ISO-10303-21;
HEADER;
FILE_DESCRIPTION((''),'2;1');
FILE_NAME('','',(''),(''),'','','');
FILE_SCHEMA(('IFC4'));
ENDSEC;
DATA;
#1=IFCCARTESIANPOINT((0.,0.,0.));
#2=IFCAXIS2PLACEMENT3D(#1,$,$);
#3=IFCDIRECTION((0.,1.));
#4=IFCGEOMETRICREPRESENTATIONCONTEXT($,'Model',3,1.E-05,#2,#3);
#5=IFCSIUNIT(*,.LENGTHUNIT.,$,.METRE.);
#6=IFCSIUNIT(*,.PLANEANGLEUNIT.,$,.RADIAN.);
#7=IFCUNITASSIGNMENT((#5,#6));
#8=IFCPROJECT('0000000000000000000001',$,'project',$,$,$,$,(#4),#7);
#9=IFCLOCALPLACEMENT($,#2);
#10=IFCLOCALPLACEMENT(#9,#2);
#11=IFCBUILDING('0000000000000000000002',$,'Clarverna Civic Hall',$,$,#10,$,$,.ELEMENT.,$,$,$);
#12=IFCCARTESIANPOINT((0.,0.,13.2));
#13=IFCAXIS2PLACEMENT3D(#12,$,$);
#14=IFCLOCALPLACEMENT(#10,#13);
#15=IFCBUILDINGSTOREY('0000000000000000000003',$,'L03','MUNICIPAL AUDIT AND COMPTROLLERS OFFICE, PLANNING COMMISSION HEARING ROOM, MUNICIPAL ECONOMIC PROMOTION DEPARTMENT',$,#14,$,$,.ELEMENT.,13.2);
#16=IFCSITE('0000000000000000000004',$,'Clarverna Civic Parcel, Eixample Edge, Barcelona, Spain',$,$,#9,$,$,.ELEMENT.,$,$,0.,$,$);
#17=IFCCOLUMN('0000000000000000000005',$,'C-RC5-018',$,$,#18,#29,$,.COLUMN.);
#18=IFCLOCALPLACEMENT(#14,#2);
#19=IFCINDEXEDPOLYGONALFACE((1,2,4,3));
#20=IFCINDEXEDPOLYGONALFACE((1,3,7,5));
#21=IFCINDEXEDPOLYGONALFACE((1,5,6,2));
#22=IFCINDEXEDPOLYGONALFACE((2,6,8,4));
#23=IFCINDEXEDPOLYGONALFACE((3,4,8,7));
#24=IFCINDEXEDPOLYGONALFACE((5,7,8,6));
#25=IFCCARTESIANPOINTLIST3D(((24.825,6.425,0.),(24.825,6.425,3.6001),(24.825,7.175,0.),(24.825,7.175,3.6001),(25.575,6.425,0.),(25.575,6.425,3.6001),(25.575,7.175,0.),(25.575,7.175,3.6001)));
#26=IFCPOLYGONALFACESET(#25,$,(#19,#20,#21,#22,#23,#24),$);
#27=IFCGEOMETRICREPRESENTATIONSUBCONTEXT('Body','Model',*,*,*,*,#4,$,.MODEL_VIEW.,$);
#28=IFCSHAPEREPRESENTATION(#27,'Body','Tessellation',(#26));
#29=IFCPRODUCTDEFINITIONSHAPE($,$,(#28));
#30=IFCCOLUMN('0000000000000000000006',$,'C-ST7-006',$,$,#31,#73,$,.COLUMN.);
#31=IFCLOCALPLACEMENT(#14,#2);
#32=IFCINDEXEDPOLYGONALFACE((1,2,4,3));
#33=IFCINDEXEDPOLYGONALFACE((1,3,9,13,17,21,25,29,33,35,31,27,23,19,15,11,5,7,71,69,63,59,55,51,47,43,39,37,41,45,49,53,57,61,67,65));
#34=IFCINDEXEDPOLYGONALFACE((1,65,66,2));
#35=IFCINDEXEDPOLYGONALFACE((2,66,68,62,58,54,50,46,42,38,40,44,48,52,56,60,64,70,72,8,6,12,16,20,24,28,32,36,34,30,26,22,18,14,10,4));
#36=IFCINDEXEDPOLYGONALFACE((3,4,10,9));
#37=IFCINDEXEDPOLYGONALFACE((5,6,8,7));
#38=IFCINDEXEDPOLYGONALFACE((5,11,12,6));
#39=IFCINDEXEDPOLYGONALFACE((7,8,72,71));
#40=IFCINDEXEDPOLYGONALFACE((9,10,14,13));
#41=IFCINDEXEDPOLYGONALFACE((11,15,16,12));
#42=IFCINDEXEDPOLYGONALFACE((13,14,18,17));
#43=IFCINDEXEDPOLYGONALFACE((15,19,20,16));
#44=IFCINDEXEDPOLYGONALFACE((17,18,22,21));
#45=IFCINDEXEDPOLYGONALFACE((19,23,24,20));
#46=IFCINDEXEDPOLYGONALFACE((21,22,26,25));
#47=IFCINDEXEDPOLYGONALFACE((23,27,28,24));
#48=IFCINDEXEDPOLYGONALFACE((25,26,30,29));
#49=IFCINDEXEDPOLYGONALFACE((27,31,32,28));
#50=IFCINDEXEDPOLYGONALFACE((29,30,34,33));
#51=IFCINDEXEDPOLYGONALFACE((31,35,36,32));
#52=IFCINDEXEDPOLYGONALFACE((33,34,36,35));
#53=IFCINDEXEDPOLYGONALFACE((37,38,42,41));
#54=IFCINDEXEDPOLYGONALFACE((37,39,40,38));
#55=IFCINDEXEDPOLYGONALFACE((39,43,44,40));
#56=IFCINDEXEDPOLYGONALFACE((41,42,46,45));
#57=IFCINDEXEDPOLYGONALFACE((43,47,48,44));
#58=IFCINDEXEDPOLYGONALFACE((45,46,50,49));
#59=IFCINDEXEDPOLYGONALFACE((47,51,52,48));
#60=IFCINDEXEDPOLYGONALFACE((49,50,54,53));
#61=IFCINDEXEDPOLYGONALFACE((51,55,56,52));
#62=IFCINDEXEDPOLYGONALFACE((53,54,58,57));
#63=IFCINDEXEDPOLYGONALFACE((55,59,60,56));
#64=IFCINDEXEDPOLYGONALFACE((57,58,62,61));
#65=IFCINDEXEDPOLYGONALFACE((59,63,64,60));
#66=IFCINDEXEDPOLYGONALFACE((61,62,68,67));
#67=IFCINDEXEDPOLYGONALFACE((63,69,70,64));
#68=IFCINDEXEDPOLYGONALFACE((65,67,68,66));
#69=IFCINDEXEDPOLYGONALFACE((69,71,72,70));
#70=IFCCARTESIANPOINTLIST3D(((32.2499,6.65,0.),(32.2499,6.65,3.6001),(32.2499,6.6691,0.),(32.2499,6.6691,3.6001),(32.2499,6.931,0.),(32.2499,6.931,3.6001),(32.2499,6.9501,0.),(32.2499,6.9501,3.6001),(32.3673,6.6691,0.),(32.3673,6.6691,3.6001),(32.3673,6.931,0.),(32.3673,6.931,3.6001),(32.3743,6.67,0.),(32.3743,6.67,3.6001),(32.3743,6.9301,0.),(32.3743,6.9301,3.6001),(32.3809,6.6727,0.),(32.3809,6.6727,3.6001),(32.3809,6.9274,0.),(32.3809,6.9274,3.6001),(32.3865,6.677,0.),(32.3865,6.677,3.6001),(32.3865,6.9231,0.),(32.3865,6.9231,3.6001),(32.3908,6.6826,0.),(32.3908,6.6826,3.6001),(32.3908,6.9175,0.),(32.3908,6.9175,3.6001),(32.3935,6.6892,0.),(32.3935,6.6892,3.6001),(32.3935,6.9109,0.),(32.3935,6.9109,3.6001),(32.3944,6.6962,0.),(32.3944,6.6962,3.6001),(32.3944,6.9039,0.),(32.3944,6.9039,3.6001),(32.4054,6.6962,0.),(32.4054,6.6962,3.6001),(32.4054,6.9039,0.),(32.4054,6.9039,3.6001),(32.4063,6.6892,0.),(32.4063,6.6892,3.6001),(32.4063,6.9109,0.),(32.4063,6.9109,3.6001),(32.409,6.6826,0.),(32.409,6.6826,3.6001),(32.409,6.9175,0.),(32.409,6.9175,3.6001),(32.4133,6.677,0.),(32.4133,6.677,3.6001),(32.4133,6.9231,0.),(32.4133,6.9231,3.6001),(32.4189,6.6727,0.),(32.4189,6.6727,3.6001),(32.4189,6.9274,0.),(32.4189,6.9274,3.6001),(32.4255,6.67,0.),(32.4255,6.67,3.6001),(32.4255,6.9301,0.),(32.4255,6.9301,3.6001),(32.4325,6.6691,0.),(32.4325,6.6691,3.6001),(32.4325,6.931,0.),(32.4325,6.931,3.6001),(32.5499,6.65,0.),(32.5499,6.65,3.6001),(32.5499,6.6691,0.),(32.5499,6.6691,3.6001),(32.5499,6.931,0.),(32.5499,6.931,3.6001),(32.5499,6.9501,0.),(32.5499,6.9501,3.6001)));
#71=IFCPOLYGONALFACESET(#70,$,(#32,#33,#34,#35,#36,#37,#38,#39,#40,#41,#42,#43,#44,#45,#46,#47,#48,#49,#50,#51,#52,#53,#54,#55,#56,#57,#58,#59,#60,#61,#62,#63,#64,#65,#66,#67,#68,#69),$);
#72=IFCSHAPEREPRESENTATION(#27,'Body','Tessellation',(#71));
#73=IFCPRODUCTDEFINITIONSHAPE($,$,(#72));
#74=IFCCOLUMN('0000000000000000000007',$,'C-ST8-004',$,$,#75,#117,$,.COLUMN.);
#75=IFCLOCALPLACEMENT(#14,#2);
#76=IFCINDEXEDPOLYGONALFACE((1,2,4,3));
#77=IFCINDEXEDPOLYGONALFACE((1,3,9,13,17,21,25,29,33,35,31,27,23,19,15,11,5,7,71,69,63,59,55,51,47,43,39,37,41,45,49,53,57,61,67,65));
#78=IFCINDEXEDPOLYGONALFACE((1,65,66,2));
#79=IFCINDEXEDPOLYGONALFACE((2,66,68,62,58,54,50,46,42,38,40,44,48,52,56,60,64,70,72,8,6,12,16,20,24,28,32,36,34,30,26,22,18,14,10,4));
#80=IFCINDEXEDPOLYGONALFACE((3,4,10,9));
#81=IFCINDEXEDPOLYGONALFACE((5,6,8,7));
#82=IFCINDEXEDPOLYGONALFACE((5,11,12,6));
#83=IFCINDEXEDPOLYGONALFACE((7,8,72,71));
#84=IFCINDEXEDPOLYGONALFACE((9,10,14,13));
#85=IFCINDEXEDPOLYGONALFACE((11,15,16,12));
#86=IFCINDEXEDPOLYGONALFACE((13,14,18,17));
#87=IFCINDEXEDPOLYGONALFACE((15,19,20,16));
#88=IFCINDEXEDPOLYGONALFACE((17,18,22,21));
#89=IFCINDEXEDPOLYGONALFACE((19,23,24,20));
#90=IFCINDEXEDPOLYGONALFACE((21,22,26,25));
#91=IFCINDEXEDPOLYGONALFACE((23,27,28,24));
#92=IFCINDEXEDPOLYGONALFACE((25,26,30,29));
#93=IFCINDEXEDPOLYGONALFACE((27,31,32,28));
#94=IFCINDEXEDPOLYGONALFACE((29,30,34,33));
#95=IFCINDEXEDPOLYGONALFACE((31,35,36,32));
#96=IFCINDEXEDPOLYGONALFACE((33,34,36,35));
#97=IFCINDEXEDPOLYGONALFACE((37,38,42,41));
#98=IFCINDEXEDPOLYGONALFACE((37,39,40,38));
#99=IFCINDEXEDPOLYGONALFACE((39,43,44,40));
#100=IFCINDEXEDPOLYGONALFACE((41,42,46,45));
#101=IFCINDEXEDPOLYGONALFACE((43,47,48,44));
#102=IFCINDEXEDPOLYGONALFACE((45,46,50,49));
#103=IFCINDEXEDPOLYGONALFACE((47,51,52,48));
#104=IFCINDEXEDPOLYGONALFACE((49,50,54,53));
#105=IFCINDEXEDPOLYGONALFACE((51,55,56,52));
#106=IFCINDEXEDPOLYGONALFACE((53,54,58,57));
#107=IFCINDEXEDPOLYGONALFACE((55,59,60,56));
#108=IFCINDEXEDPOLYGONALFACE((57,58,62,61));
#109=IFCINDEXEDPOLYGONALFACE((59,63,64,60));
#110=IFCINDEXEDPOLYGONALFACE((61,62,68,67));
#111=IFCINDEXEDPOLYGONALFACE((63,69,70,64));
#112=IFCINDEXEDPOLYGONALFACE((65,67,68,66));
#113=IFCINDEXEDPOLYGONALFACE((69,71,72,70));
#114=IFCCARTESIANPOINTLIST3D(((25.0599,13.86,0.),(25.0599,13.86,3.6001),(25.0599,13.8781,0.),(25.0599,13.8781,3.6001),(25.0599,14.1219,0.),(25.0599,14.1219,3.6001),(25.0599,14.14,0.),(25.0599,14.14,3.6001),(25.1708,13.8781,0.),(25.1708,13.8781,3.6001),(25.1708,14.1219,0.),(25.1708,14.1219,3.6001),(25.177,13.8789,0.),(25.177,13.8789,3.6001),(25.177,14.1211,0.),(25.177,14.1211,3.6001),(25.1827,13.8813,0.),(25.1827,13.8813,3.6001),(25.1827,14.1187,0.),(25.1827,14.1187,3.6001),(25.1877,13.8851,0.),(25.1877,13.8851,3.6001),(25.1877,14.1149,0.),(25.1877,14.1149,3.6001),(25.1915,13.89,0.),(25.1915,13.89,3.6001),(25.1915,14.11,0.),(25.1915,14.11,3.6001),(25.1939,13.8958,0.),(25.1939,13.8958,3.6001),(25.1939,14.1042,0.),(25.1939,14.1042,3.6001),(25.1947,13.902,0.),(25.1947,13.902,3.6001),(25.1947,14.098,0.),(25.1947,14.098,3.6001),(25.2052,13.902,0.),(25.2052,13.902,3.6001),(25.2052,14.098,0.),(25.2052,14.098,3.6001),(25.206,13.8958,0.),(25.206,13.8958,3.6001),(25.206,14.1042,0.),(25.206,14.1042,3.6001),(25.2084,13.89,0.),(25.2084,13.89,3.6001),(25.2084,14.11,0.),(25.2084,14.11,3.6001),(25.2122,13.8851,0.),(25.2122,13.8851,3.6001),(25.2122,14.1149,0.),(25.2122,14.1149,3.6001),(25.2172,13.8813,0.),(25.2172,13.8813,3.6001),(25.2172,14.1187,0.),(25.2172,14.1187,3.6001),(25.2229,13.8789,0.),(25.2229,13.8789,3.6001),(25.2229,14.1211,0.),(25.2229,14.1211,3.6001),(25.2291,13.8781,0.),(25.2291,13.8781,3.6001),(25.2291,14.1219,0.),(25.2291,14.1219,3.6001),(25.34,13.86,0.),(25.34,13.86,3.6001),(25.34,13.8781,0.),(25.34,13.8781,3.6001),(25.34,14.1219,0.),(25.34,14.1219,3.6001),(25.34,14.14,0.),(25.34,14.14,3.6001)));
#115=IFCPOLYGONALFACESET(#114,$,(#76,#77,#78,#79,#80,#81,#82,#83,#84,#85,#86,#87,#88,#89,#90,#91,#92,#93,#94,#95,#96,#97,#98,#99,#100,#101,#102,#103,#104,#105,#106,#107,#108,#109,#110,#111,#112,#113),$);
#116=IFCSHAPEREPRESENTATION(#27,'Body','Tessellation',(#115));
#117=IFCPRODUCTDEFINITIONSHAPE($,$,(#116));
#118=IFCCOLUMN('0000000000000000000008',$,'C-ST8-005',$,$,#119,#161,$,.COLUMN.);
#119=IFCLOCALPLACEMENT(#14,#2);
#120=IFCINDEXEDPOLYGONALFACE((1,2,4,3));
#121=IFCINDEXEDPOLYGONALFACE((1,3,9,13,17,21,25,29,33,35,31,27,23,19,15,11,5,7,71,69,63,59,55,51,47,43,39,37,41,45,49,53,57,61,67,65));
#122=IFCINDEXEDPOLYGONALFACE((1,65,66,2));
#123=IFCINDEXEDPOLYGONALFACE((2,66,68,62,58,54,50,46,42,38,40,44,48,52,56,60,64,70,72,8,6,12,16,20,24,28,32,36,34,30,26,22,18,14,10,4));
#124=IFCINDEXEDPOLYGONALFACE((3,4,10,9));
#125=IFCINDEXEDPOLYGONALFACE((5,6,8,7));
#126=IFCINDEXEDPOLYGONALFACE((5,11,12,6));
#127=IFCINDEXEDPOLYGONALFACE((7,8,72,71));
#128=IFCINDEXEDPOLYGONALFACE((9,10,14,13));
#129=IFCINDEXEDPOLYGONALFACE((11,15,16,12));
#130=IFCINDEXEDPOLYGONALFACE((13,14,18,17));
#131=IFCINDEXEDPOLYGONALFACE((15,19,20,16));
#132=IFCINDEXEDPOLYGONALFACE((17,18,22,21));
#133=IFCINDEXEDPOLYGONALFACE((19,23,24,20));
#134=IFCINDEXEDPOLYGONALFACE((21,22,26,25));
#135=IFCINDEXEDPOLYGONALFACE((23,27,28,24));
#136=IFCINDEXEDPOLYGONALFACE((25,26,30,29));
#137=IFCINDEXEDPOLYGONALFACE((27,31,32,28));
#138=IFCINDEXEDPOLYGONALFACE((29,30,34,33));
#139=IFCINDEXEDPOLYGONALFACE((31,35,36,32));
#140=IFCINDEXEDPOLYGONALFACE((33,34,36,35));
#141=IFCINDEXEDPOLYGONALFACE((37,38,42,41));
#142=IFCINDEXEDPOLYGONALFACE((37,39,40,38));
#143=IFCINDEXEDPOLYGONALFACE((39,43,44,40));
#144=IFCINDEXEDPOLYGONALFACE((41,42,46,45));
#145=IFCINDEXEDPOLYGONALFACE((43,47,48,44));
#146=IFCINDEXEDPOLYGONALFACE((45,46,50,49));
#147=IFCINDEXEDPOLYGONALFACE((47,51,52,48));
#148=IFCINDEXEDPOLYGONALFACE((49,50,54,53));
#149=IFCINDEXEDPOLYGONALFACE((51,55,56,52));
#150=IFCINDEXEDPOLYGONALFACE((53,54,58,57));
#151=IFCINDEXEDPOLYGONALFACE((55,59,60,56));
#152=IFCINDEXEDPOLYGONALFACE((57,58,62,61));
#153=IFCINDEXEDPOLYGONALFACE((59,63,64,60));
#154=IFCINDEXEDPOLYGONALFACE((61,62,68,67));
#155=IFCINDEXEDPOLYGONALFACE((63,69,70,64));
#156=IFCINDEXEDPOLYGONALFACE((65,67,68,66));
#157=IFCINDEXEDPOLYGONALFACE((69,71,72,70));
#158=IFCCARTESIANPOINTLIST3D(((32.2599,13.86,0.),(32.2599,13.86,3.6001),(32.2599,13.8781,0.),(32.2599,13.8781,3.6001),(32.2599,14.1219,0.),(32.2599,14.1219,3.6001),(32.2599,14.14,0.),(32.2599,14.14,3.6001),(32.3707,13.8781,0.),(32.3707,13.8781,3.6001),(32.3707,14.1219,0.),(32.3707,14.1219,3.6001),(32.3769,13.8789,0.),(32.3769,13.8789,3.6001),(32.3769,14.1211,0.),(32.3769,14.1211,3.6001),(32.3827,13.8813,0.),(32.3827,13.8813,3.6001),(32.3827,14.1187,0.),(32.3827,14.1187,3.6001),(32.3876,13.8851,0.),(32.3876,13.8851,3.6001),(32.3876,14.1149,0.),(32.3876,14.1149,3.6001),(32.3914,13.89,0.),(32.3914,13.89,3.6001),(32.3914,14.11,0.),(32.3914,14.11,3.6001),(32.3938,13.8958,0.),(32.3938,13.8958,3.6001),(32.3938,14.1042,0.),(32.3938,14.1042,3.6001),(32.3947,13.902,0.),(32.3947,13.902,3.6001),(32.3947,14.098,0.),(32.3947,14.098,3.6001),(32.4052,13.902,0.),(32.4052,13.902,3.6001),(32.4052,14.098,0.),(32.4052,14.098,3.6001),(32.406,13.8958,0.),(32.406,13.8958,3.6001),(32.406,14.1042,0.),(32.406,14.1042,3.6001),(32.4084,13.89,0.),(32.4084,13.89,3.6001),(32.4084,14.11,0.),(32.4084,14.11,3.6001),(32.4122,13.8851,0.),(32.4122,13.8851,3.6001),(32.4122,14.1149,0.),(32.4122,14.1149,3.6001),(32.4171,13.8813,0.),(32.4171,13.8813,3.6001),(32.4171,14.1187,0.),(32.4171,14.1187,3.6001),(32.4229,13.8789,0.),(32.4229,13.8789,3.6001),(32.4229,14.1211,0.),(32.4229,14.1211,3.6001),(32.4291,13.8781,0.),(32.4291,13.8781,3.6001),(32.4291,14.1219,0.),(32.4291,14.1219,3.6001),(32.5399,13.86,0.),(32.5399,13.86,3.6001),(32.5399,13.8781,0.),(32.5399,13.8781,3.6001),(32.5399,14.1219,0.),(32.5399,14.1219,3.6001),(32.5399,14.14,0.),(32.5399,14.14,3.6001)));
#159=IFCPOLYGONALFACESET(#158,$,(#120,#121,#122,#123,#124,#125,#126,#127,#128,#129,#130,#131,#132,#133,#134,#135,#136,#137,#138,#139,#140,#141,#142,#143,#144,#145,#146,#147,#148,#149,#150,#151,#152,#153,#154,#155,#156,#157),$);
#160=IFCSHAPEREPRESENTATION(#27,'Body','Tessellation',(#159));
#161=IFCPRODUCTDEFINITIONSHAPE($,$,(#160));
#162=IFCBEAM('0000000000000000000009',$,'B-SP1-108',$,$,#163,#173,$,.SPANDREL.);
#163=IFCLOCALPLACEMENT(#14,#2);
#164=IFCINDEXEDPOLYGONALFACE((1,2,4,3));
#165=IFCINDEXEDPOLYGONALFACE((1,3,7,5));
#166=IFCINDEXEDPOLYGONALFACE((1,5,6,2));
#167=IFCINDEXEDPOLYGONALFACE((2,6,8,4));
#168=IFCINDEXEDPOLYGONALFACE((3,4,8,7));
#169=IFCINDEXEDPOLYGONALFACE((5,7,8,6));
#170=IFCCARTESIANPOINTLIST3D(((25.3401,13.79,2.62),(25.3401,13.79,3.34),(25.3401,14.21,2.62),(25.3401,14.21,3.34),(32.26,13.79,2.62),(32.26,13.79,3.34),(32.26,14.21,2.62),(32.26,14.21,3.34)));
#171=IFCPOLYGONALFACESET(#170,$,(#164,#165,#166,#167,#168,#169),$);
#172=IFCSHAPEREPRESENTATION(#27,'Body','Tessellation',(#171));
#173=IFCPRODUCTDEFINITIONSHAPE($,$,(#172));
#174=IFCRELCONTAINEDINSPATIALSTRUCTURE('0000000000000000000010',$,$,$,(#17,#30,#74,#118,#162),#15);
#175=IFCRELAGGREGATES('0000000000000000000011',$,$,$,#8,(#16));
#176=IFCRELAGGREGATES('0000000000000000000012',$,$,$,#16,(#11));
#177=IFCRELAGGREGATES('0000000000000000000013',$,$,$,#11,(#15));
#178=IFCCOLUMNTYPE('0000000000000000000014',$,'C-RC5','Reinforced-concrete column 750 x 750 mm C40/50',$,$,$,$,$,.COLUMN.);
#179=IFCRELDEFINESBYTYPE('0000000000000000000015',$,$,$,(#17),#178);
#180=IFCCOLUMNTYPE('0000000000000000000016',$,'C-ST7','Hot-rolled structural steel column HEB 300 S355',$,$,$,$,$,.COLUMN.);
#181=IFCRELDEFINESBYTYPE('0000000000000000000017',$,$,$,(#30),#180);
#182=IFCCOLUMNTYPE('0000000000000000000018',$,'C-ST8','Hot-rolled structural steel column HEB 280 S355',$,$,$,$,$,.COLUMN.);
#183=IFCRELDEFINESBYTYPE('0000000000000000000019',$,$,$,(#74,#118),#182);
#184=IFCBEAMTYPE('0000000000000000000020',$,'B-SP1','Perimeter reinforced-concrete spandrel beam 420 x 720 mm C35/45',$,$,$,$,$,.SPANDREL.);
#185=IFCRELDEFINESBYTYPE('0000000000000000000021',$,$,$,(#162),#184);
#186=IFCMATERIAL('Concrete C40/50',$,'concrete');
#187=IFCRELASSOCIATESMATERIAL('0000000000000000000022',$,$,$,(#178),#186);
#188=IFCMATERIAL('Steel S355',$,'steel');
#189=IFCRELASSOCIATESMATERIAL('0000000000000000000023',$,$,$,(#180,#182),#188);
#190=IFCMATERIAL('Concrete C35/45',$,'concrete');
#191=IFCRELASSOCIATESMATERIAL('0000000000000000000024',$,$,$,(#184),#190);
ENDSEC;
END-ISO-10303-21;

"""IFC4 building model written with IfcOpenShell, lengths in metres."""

from ifc_helpers import new_model, si_unit, direction, frame, origin, origin_2d, place, context, subcontext, project, spatial, rectangle, i_section, extrude, material, material_profile, profile_set, type_object, element, save


model = new_model("IFC4")

# Units and contexts
model_context = context("Model", 3, precision=1e-05, world=origin(), true_north=direction((0.0, 1.0)))
body_context = subcontext(model_context, "Body", "Model", "MODEL_VIEW")
ifc_project = project(units=[si_unit("LENGTHUNIT", "METRE"), si_unit("PLANEANGLEUNIT", "RADIAN")], contexts=[model_context])

# Site, building, storey
site_placement = place(None, origin())
site = spatial("IfcSite", under=ifc_project, at=site_placement, Name="Clarverna Civic Parcel, Eixample Edge, Barcelona, Spain", CompositionType="ELEMENT", RefElevation=0.0)
building_placement = place(site_placement, origin())
building = spatial("IfcBuilding", under=site, at=building_placement, Name="Clarverna Civic Hall", CompositionType="ELEMENT")
storey_placement = place(building_placement, frame((0.0, 0.0, 13.2)))
storey = spatial("IfcBuildingStorey", under=building, at=storey_placement, Name="L03", Description="MUNICIPAL AUDIT AND COMPTROLLERS OFFICE, PLANNING COMMISSION HEARING ROOM, MUNICIPAL ECONOMIC PROMOTION DEPARTMENT", CompositionType="ELEMENT", Elevation=13.2)

# Columns
ifc_material_1 = material(Name="Concrete C40/50", Category="concrete")
ifc_material_profile_1 = material_profile(ifc_material_1, rectangle(XDim=0.75, YDim=0.75, at=origin_2d()), Name="RC 750x750")
ifc_profile_set_1 = profile_set([ifc_material_profile_1], Name="Concrete C40/50")
column_type_1 = type_object("IfcColumnType", Name="C-RC5", Description="Reinforced-concrete column 750 x 750 mm C40/50", PredefinedType="COLUMN", material=ifc_profile_set_1)
column_1_placement = place(storey_placement, frame((25.2, 6.8, 0.0), z_axis=(0.0, 0.0, 1.0), x_axis=(1.0, 0.0, 0.0)))
element("IfcColumn", 1, at=column_1_placement, inside=storey, type_object=column_type_1, Name="C-RC5-018", PredefinedType="COLUMN", context=body_context, shape_type="SweptSolid", body=[
    extrude(rectangle(XDim=0.75, YDim=0.75, at=origin_2d()), origin(), (0.0, 0.0, 1.0), 3.6001),
])
ifc_material_2 = material(Name="Steel S355", Category="steel")
ifc_material_profile_2 = material_profile(ifc_material_2, i_section(OverallWidth=0.3, OverallDepth=0.3, WebThickness=0.011, FlangeThickness=0.019, FilletRadius=0.0271, at=origin_2d()), Name="HEB 300")
ifc_profile_set_2 = profile_set([ifc_material_profile_2], Name="Steel S355")
column_type_2 = type_object("IfcColumnType", Name="C-ST7", Description="Hot-rolled structural steel column HEB 300 S355", PredefinedType="COLUMN", material=ifc_profile_set_2)
column_2_placement = place(storey_placement, frame((32.3999, 6.8, 0.0), z_axis=(0.0, 0.0, 1.0), x_axis=(1.0, 0.0, 0.0)))
element("IfcColumn", 2, at=column_2_placement, inside=storey, type_object=column_type_2, Name="C-ST7-006", PredefinedType="COLUMN", context=body_context, shape_type="SweptSolid", body=[
    extrude(i_section(OverallWidth=0.3, OverallDepth=0.3, WebThickness=0.011, FlangeThickness=0.019, FilletRadius=0.0271, at=origin_2d()), origin(), (0.0, 0.0, 1.0), 3.6001),
])
ifc_material_profile_3 = material_profile(ifc_material_2, i_section(OverallWidth=0.28, OverallDepth=0.28, WebThickness=0.0105, FlangeThickness=0.0181, FilletRadius=0.0239, at=origin_2d()), Name="HEB 280")
ifc_profile_set_3 = profile_set([ifc_material_profile_3], Name="Steel S355")
column_type_3 = type_object("IfcColumnType", Name="C-ST8", Description="Hot-rolled structural steel column HEB 280 S355", PredefinedType="COLUMN", material=ifc_profile_set_3)
for number, where, z_axis, x_axis, name in (
    (3, (25.2, 14.0, 0.0), (0.0, 0.0, 1.0), (1.0, 0.0, 0.0), "C-ST8-004"),
    (4, (32.3999, 14.0, 0.0), (0.0, 0.0, 1.0), (1.0, 0.0, 0.0), "C-ST8-005"),
):
    element("IfcColumn", number, at=place(storey_placement, frame(where, z_axis=z_axis, x_axis=x_axis)), inside=storey, type_object=column_type_3, Name=name, PredefinedType="COLUMN", context=body_context, shape_type="SweptSolid", body=[
        extrude(i_section(OverallWidth=0.28, OverallDepth=0.28, WebThickness=0.0105, FlangeThickness=0.0181, FilletRadius=0.0239, at=origin_2d()), origin(), (0.0, 0.0, 1.0), 3.6001),
    ])

# Beam
ifc_material_3 = material(Name="Concrete C35/45", Category="concrete")
ifc_material_profile_4 = material_profile(ifc_material_3, rectangle(XDim=0.4199, YDim=0.72, at=origin_2d()), Name="RC 420x720")
ifc_profile_set_4 = profile_set([ifc_material_profile_4], Name="Concrete C35/45")
beam_type_1 = type_object("IfcBeamType", Name="B-SP1", Description="Perimeter reinforced-concrete spandrel beam 420 x 720 mm C35/45", PredefinedType="SPANDREL", material=ifc_profile_set_4)
beam_1_placement = place(storey_placement, frame((25.3401, 14.0, 2.98), z_axis=(1.0, 0.0, 0.0), x_axis=(0.0, 1.0, 0.0)))
element("IfcBeam", 5, at=beam_1_placement, inside=storey, type_object=beam_type_1, Name="B-SP1-108", PredefinedType="SPANDREL", context=body_context, shape_type="SweptSolid", body=[
    extrude(rectangle(XDim=0.4199, YDim=0.72, at=origin_2d()), origin(), (0.0, 0.0, 1.0), 6.9199),
])

save(model, "model.ifc")
